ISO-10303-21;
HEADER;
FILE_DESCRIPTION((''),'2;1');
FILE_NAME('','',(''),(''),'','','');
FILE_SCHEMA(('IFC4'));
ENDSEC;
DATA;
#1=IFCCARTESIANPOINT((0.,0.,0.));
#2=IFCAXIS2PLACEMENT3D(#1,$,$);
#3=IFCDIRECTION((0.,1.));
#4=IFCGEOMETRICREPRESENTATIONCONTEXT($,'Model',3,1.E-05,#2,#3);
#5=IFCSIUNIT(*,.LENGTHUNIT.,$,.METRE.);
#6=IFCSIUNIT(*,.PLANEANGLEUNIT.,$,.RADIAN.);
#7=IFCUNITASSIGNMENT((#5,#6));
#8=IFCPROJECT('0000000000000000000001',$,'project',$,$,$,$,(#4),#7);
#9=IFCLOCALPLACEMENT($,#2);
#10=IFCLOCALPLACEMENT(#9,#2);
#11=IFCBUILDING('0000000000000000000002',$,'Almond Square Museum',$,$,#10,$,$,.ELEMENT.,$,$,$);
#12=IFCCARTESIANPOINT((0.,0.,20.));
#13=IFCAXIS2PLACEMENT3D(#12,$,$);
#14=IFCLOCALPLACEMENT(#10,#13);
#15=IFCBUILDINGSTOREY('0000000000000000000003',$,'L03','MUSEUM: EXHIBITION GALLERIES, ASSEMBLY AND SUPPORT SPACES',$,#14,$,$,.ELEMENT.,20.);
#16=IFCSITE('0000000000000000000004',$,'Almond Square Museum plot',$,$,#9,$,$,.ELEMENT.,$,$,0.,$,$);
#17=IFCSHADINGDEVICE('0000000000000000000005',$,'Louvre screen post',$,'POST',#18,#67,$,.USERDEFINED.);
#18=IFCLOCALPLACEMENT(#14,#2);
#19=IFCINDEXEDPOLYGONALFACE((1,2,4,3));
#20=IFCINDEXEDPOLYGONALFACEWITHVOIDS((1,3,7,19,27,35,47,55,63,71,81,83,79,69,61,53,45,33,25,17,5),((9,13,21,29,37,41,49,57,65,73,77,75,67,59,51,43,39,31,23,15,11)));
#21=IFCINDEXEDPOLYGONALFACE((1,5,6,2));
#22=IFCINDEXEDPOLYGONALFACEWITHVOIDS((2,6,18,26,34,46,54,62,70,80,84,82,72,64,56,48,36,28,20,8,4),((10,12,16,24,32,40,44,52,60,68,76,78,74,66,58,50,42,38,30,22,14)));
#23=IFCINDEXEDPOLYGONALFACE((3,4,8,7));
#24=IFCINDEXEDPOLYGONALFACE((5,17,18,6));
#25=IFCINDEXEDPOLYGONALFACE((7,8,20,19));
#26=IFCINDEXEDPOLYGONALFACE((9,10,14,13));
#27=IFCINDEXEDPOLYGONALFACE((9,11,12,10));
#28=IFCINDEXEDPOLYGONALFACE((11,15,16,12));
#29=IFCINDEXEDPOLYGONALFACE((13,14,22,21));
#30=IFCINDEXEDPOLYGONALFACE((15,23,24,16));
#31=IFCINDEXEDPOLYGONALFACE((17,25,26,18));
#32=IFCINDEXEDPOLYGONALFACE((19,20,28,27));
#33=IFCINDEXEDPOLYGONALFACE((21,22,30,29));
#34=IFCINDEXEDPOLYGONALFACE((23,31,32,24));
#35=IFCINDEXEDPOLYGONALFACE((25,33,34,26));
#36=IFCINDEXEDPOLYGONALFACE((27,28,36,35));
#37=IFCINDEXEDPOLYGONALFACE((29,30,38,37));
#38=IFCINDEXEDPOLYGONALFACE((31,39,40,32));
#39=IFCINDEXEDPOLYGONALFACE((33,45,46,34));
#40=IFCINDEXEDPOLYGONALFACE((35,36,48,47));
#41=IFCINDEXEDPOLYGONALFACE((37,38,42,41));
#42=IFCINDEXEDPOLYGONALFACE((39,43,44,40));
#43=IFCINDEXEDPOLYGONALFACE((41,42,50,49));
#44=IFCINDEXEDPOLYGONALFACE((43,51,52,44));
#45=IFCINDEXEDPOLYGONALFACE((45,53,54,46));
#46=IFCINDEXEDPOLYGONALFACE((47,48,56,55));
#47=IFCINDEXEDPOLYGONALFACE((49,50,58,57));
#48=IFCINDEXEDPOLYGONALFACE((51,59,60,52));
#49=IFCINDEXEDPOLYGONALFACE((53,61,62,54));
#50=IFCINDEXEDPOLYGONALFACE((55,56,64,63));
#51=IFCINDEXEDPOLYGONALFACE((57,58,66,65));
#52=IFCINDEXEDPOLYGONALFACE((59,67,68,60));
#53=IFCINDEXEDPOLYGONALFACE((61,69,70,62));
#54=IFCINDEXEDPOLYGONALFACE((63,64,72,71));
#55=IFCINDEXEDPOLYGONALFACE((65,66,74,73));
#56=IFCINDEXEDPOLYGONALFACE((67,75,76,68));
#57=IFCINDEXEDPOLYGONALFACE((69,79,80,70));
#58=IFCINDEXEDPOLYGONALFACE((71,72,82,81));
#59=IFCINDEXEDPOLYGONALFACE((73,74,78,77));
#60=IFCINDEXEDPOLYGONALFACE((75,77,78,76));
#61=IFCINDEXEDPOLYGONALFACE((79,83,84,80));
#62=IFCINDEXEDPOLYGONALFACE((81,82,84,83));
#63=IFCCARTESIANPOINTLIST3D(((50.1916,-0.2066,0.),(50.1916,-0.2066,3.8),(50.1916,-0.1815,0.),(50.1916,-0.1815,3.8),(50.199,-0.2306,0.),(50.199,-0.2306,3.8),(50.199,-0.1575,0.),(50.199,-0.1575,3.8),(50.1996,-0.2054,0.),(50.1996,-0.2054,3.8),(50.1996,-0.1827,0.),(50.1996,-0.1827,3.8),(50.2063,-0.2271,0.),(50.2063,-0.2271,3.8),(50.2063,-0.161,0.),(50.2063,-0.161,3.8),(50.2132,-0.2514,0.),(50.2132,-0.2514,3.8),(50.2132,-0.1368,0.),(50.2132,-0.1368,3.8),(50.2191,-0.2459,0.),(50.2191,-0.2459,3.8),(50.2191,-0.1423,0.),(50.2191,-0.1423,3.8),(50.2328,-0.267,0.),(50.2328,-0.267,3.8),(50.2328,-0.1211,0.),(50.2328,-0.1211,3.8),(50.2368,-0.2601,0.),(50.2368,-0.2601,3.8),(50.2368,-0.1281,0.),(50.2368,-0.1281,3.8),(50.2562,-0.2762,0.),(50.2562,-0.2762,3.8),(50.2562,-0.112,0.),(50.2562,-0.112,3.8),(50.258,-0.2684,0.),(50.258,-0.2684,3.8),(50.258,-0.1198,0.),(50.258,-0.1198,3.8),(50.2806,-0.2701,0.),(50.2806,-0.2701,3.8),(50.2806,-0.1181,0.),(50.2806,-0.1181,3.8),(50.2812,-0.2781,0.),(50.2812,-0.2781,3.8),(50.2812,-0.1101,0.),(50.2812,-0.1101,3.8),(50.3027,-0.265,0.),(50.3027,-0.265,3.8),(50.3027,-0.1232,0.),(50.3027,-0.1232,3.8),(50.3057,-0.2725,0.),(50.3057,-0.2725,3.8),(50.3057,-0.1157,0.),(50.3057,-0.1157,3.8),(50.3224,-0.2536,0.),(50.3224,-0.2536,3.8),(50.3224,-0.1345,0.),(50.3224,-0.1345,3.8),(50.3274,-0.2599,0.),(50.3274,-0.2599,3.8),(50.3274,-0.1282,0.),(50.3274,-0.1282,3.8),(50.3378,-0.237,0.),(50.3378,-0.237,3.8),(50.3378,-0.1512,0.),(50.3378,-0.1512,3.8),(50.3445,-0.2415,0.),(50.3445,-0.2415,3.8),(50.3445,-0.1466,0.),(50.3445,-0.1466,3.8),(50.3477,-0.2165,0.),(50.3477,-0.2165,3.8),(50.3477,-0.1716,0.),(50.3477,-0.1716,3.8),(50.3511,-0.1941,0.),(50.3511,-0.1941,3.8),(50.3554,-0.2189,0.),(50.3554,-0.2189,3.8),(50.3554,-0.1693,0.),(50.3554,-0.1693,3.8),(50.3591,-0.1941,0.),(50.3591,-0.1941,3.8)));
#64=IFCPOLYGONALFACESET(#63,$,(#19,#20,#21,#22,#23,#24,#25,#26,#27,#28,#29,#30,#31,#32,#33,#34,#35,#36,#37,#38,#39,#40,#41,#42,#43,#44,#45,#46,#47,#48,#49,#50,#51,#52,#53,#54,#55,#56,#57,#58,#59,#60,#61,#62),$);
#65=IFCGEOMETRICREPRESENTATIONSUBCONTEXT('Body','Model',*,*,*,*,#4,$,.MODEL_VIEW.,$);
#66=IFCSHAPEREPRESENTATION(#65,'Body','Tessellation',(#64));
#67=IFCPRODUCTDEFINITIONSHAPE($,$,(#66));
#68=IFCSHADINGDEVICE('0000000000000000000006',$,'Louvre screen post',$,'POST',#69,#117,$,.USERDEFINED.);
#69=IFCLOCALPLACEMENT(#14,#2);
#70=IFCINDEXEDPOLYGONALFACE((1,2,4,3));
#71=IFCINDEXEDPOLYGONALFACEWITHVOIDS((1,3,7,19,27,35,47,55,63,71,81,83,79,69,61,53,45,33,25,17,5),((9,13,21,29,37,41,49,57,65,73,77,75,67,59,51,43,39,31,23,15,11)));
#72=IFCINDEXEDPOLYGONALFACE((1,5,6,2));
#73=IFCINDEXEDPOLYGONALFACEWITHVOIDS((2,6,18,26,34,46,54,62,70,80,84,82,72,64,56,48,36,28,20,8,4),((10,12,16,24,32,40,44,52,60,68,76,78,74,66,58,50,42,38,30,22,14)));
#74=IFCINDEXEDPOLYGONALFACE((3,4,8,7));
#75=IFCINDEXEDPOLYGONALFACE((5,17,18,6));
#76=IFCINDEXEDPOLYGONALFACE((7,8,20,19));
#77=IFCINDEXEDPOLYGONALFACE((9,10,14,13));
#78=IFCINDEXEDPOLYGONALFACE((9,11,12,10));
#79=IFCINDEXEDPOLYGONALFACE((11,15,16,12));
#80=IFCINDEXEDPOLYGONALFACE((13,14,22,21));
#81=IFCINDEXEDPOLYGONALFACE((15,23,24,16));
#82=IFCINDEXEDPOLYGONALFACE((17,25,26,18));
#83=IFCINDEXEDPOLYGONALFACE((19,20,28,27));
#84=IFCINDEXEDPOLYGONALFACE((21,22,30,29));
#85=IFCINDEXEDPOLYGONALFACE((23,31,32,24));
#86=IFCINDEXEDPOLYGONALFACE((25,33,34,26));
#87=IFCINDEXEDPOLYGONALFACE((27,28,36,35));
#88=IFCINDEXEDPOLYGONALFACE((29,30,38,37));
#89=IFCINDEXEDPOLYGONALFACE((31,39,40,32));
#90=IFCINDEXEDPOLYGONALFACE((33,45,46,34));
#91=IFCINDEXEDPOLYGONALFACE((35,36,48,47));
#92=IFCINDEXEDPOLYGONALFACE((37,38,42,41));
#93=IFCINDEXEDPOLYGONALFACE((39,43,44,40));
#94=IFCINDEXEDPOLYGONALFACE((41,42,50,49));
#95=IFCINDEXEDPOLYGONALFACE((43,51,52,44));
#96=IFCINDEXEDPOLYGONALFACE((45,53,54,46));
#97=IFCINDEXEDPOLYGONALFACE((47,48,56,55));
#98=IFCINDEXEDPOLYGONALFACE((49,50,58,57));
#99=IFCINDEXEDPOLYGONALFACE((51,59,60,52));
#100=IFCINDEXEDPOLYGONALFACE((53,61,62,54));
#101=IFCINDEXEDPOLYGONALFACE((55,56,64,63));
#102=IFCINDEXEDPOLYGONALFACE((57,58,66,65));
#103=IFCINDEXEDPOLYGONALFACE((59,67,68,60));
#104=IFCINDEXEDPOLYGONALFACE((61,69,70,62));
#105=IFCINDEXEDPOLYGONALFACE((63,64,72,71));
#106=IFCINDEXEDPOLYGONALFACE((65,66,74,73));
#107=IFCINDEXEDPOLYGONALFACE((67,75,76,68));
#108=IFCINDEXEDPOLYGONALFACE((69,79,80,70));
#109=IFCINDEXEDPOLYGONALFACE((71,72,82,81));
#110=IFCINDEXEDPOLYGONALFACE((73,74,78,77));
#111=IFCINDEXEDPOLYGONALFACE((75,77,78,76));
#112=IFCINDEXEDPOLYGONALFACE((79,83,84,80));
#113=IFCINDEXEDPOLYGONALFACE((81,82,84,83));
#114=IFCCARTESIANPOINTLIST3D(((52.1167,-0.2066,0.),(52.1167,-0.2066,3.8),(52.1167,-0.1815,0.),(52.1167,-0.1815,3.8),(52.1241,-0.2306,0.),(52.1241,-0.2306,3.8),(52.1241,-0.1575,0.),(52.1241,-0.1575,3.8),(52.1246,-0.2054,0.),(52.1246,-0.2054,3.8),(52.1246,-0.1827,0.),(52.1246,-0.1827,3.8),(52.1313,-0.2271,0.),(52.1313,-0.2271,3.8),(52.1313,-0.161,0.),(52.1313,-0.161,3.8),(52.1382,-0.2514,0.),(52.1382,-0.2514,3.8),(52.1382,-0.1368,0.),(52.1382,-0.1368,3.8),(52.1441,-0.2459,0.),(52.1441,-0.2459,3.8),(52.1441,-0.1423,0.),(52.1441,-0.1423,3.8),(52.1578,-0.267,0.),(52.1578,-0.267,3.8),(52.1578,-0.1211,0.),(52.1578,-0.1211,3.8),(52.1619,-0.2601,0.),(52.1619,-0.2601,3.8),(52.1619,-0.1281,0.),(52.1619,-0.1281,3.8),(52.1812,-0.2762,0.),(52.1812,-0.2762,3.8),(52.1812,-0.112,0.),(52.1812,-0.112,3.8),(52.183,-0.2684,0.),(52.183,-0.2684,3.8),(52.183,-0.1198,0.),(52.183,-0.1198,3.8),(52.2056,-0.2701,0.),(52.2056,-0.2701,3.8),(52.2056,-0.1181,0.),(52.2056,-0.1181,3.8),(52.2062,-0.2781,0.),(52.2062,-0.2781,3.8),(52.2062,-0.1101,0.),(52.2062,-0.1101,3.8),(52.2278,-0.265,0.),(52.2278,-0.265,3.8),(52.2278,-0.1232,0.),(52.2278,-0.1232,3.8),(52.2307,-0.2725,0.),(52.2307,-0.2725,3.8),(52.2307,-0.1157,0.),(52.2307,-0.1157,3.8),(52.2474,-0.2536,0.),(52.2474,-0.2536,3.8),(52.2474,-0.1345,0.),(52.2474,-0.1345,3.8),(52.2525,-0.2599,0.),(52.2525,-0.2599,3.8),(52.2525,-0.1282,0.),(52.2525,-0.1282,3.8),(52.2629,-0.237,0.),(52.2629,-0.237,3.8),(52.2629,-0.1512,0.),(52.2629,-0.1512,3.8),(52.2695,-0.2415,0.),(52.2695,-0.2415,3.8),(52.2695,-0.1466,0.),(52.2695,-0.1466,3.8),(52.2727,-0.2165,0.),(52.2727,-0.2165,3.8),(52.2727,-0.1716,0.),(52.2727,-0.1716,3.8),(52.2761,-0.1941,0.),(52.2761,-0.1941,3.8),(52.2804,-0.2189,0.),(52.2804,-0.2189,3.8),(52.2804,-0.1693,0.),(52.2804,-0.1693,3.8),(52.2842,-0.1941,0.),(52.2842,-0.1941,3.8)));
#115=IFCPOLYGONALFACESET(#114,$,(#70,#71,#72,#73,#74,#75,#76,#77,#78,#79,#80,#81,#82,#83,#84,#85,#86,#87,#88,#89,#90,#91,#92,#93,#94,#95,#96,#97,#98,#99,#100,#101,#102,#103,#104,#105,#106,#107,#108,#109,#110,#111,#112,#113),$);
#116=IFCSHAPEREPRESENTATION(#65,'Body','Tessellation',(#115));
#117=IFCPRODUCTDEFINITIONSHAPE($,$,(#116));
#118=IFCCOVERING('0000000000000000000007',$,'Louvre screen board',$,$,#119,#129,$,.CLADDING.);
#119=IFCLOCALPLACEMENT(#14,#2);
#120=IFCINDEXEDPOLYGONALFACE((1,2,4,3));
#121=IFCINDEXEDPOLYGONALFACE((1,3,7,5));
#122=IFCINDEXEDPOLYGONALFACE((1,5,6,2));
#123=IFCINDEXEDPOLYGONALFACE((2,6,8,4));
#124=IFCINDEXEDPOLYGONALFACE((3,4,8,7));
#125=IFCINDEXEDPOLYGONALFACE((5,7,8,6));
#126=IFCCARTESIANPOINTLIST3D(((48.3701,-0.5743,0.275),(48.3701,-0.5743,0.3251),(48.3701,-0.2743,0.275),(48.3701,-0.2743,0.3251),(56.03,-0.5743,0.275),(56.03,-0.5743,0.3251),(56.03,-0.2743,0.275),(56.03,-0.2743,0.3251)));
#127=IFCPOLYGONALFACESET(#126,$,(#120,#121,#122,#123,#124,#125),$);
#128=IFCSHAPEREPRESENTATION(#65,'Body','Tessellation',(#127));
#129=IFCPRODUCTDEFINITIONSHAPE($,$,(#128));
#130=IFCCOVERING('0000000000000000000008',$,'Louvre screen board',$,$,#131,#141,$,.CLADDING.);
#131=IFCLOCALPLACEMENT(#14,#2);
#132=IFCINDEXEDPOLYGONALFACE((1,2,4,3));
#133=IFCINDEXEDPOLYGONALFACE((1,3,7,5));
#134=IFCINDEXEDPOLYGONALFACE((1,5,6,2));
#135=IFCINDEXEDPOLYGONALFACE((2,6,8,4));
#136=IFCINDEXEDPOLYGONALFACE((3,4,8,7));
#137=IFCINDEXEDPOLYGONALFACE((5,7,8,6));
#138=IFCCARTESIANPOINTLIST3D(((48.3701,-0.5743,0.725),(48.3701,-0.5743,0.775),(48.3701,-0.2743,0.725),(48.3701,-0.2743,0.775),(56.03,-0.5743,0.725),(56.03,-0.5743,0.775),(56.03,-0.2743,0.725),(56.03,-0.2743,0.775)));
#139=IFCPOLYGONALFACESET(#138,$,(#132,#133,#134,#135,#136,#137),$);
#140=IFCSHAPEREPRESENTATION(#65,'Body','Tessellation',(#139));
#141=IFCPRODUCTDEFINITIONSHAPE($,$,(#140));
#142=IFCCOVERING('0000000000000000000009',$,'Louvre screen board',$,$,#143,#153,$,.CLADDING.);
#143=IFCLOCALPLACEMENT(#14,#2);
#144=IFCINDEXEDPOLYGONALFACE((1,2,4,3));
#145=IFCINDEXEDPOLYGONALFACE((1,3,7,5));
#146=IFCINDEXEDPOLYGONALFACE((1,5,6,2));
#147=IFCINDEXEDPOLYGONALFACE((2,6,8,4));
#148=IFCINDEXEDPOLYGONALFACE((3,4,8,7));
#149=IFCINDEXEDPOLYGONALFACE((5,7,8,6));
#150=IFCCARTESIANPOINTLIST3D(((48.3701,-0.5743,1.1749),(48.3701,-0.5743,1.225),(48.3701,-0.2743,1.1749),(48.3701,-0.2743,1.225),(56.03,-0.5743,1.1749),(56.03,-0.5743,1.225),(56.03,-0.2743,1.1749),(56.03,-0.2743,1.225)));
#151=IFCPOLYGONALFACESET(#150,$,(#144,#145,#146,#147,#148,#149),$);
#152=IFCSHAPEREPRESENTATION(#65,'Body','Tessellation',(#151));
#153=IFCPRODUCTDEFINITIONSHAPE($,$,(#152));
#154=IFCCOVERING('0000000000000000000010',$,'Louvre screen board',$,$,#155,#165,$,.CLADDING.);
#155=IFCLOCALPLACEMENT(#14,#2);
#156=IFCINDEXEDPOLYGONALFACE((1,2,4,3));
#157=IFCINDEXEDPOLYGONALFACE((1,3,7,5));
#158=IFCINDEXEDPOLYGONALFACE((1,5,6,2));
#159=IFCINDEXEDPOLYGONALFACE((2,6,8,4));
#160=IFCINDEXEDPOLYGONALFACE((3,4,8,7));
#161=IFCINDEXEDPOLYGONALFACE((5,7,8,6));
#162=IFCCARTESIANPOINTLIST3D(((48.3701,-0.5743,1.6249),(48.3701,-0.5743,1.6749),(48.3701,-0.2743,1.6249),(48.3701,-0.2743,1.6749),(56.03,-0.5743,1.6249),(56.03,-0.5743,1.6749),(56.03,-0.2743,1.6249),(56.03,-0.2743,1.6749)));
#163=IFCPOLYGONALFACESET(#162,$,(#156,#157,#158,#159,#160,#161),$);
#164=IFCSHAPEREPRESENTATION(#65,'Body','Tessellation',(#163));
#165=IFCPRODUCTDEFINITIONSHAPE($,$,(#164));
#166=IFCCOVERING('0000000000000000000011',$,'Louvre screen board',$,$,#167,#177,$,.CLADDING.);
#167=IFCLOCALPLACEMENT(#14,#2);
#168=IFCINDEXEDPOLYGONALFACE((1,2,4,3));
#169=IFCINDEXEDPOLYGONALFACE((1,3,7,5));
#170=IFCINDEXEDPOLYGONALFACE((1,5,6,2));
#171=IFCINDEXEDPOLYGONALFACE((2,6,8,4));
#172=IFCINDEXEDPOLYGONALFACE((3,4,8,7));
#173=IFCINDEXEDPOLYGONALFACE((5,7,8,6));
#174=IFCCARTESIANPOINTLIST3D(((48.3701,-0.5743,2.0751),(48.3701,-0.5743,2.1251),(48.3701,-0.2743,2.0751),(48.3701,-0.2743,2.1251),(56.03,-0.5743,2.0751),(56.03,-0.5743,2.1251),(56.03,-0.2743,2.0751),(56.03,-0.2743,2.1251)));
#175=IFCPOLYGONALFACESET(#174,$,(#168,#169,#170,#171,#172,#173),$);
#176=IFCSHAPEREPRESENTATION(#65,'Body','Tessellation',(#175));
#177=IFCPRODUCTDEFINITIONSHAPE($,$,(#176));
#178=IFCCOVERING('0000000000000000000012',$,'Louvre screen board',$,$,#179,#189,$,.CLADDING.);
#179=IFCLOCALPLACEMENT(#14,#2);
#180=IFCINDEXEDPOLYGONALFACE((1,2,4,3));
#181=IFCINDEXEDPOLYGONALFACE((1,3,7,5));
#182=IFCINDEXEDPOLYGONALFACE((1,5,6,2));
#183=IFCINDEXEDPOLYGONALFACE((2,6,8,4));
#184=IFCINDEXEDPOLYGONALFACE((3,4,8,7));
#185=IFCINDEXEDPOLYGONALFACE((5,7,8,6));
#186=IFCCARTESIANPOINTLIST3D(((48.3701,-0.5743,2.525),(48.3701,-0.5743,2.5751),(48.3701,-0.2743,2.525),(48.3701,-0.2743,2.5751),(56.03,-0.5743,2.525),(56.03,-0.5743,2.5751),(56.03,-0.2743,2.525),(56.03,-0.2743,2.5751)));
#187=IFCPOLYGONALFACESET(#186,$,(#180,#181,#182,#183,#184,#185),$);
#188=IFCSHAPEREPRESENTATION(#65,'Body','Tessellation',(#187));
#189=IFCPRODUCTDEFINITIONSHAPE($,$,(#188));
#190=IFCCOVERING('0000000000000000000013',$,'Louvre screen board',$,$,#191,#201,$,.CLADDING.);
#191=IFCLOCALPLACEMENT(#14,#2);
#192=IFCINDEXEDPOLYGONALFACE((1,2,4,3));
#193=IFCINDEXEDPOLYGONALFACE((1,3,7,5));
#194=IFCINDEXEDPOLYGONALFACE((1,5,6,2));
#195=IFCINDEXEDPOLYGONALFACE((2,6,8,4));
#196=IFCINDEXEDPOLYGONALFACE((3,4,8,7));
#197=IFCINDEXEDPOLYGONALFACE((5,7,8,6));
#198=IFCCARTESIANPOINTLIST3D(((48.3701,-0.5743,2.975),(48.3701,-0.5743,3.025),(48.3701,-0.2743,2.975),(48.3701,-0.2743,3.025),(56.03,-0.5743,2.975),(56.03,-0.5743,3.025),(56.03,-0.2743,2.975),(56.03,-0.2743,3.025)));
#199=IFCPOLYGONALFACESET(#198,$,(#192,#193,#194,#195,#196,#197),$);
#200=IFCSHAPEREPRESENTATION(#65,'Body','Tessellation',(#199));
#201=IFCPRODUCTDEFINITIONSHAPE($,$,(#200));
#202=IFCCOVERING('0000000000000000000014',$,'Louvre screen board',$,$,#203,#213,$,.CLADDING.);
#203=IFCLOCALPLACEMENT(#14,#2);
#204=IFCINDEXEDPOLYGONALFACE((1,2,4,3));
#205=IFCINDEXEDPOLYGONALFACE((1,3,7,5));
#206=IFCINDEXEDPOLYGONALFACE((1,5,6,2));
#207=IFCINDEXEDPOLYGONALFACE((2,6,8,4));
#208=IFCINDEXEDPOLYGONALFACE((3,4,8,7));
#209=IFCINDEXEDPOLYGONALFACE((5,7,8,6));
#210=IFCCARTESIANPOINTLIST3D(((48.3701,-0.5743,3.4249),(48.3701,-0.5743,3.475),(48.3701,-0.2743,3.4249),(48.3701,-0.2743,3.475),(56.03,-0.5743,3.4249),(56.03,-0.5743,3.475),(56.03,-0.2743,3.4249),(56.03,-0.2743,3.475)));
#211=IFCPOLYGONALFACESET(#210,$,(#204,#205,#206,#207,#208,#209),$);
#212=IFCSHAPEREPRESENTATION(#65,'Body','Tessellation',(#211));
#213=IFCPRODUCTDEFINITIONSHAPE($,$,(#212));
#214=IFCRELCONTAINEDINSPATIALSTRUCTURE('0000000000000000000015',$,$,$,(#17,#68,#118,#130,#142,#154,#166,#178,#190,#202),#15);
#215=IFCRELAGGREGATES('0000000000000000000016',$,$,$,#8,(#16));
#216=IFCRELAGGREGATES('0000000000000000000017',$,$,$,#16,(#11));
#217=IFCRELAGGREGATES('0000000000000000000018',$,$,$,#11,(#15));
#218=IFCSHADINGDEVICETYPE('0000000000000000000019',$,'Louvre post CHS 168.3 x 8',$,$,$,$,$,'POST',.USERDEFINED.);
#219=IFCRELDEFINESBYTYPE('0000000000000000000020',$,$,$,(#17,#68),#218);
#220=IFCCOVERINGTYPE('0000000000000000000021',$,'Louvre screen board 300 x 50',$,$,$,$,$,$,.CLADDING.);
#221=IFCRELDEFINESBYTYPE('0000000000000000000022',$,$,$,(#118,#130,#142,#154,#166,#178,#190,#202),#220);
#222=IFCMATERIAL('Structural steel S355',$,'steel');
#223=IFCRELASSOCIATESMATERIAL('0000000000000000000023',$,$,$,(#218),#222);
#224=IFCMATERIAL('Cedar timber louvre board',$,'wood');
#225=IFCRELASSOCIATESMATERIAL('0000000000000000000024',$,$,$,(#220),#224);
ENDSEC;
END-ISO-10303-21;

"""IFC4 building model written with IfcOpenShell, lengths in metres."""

from ifc_helpers import new_model, si_unit, direction, frame, origin, origin_2d, place, context, subcontext, project, spatial, rectangle, hollow_circle, extrude, material, material_profile, profile_set, type_object, element, save


model = new_model("IFC4")

# Units and contexts
model_context = context("Model", 3, precision=1e-05, world=origin(), true_north=direction((0.0, 1.0)))
body_context = subcontext(model_context, "Body", "Model", "MODEL_VIEW")
ifc_project = project(units=[si_unit("LENGTHUNIT", "METRE"), si_unit("PLANEANGLEUNIT", "RADIAN")], contexts=[model_context])

# Site, building, storey
site_placement = place(None, origin())
site = spatial("IfcSite", under=ifc_project, at=site_placement, Name="Almond Square Museum plot", CompositionType="ELEMENT", RefElevation=0.0)
building_placement = place(site_placement, origin())
building = spatial("IfcBuilding", under=site, at=building_placement, Name="Almond Square Museum", CompositionType="ELEMENT")
storey_placement = place(building_placement, frame((0.0, 0.0, 20.0)))
storey = spatial("IfcBuildingStorey", under=building, at=storey_placement, Name="L03", Description="MUSEUM: EXHIBITION GALLERIES, ASSEMBLY AND SUPPORT SPACES", CompositionType="ELEMENT", Elevation=20.0)

# Shading devices
ifc_material_1 = material(Name="Structural steel S355", Category="steel")
ifc_material_profile_1 = material_profile(ifc_material_1, hollow_circle(Radius=0.0842, WallThickness=0.0081, at=origin_2d()))
ifc_profile_set_1 = profile_set([ifc_material_profile_1], Name="Structural steel S355")
shading_device_type = type_object("IfcShadingDeviceType", Name="Louvre post CHS 168.3 x 8", ElementType="POST", PredefinedType="USERDEFINED", material=ifc_profile_set_1)
for number, where, z_axis, x_axis, name in (
    (1, (50.2749, -0.1941, 0.0), (0.0, 0.0, 1.0), (1.0, 0.0, 0.0), "Louvre screen post"),
    (2, (52.2, -0.1941, 0.0), (0.0, 0.0, 1.0), (1.0, 0.0, 0.0), "Louvre screen post"),
):
    element("IfcShadingDevice", number, at=place(storey_placement, frame(where, z_axis=z_axis, x_axis=x_axis)), inside=storey, type_object=shading_device_type, Name=name, ObjectType="POST", PredefinedType="USERDEFINED", context=body_context, shape_type="SweptSolid", body=[
        extrude(hollow_circle(Radius=0.0842, WallThickness=0.0081, at=origin_2d()), origin(), (0.0, 0.0, 1.0), 3.8),
    ])

# Coverings
ifc_material_2 = material(Name="Cedar timber louvre board", Category="wood")
ifc_material_profile_2 = material_profile(ifc_material_2, rectangle(XDim=0.3, YDim=0.05, at=origin_2d()))
ifc_profile_set_2 = profile_set([ifc_material_profile_2], Name="Cedar timber louvre board")
covering_type = type_object("IfcCoveringType", Name="Louvre screen board 300 x 50", PredefinedType="CLADDING", material=ifc_profile_set_2)
for number, where, z_axis, x_axis, name in (
    (3, (48.3701, -0.4243, 0.3), (1.0, 0.0, 0.0), (0.0, 1.0, 0.0), "Louvre screen board"),
    (4, (48.3701, -0.4243, 0.75), (1.0, 0.0, 0.0), (0.0, 1.0, 0.0), "Louvre screen board"),
    (5, (48.3701, -0.4243, 1.2), (1.0, 0.0, 0.0), (0.0, 1.0, 0.0), "Louvre screen board"),
    (6, (48.3701, -0.4243, 1.6499), (1.0, 0.0, 0.0), (0.0, 1.0, 0.0), "Louvre screen board"),
    (7, (48.3701, -0.4243, 2.1001), (1.0, 0.0, 0.0), (0.0, 1.0, 0.0), "Louvre screen board"),
    (8, (48.3701, -0.4243, 2.55), (1.0, 0.0, 0.0), (0.0, 1.0, 0.0), "Louvre screen board"),
    (9, (48.3701, -0.4243, 3.0), (1.0, 0.0, 0.0), (0.0, 1.0, 0.0), "Louvre screen board"),
    (10, (48.3701, -0.4243, 3.45), (1.0, 0.0, 0.0), (0.0, 1.0, 0.0), "Louvre screen board"),
):
    element("IfcCovering", number, at=place(storey_placement, frame(where, z_axis=z_axis, x_axis=x_axis)), inside=storey, type_object=covering_type, Name=name, PredefinedType="CLADDING", context=body_context, shape_type="SweptSolid", body=[
        extrude(rectangle(XDim=0.3, YDim=0.05, at=origin_2d()), origin(), (0.0, 0.0, 1.0), 7.6599),
    ])

save(model, "model.ifc")
